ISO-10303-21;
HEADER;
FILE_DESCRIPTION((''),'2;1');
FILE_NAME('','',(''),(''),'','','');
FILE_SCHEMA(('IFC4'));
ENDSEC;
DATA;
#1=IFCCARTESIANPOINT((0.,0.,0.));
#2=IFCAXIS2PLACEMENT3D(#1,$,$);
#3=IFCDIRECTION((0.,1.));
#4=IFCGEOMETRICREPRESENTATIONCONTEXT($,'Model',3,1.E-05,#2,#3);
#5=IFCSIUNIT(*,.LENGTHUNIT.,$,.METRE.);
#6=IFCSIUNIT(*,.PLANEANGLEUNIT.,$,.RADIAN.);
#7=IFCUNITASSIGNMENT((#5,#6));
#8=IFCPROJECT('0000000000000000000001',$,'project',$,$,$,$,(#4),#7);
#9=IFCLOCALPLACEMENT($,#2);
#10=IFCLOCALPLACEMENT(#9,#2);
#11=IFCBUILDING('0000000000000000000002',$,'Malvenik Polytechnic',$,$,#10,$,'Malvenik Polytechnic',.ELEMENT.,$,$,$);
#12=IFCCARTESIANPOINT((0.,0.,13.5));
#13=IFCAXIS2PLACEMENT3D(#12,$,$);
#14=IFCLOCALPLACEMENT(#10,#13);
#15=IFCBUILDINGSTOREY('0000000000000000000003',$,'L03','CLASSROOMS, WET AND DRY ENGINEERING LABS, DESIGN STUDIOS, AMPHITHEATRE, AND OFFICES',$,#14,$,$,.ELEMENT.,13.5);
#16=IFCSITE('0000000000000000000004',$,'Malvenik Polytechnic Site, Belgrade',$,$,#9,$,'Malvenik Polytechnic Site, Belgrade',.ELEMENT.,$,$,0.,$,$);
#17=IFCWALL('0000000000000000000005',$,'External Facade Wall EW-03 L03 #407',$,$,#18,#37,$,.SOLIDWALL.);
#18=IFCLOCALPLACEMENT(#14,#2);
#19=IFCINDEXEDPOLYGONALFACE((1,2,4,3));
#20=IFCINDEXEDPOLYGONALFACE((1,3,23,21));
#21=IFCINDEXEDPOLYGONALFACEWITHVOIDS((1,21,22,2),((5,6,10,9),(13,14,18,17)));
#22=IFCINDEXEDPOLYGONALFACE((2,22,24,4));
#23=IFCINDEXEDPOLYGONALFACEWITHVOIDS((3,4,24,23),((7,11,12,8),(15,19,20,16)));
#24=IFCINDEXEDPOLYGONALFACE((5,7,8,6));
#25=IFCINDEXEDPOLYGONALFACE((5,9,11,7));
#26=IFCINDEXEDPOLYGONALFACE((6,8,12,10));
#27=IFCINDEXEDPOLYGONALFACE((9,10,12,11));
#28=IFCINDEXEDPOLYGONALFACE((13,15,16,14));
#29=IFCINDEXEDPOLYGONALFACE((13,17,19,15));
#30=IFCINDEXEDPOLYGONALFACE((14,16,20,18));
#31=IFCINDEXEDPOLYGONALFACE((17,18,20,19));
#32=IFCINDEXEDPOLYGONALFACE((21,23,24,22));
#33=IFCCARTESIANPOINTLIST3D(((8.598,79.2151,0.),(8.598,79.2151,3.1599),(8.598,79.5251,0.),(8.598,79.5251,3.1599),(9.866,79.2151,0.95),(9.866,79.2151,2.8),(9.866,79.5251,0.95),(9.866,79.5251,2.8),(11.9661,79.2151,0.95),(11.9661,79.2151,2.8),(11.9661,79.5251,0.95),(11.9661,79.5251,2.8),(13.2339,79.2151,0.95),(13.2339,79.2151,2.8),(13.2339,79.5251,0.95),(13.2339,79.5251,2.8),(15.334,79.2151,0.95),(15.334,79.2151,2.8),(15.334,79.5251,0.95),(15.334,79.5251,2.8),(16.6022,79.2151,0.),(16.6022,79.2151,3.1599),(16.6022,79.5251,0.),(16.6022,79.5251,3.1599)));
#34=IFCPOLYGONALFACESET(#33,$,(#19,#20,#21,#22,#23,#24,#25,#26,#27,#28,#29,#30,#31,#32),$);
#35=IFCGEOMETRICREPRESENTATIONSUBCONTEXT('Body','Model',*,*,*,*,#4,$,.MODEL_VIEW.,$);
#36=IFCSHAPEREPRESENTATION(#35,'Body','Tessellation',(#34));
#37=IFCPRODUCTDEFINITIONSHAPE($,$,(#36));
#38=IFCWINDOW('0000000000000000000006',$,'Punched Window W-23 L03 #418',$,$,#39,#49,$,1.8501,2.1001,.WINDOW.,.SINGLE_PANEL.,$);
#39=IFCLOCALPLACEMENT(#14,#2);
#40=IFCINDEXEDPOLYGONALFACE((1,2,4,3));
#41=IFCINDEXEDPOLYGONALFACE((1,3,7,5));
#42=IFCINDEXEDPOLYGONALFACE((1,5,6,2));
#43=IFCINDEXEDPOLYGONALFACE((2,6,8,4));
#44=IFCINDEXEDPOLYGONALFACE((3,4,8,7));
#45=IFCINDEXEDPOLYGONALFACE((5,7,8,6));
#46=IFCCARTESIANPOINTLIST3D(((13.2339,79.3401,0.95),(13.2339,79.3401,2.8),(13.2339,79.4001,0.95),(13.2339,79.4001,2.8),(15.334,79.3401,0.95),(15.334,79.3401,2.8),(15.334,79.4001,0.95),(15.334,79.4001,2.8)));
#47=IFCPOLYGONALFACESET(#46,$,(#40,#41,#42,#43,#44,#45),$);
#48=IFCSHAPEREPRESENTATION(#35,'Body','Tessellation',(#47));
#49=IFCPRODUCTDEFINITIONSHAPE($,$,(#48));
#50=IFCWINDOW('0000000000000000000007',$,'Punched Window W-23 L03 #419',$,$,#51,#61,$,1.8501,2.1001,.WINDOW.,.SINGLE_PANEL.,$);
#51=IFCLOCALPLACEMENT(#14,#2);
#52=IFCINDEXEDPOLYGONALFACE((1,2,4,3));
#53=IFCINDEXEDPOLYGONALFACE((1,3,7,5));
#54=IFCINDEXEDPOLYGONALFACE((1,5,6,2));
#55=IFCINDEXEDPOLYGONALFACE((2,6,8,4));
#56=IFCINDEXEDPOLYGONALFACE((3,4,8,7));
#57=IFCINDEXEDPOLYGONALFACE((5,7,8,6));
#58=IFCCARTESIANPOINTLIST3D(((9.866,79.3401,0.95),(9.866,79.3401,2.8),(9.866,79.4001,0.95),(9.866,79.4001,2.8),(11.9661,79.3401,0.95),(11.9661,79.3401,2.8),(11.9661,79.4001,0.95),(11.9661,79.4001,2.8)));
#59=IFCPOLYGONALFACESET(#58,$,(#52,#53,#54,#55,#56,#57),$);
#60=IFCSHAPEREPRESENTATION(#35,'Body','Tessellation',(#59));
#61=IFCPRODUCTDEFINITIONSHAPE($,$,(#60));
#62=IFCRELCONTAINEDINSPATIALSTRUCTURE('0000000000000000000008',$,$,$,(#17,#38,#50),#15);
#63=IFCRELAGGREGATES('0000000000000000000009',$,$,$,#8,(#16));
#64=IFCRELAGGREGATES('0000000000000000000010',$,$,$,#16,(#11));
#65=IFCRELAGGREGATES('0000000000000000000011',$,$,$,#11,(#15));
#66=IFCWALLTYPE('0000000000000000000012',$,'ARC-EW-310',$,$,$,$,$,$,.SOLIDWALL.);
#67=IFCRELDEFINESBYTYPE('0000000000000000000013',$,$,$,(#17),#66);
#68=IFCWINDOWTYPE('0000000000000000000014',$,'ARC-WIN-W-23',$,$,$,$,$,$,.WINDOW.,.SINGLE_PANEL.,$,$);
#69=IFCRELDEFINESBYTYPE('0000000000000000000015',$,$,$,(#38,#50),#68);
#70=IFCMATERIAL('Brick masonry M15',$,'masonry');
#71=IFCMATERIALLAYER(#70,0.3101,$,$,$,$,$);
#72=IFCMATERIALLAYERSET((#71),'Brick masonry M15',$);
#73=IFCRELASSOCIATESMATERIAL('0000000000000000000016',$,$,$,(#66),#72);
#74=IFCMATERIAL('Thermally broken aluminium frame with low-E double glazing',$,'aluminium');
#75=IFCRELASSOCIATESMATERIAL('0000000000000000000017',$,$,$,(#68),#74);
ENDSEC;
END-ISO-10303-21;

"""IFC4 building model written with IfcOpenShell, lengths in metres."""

from ifc_helpers import new_model, si_unit, direction, frame, frame_2d, origin, place, context, subcontext, project, spatial, rectangle, extrude, material, layer, layer_set, type_object, element, fill, save


model = new_model("IFC4")

# Units and contexts
model_context = context("Model", 3, precision=1e-05, world=origin(), true_north=direction((0.0, 1.0)))
body_context = subcontext(model_context, "Body", "Model", "MODEL_VIEW")
ifc_project = project(units=[si_unit("LENGTHUNIT", "METRE"), si_unit("PLANEANGLEUNIT", "RADIAN")], contexts=[model_context])

# Site, building, storey
site_placement = place(None, origin())
site = spatial("IfcSite", under=ifc_project, at=site_placement, Name="Malvenik Polytechnic Site, Belgrade", LongName="Malvenik Polytechnic Site, Belgrade", CompositionType="ELEMENT", RefElevation=0.0)
building_placement = place(site_placement, origin())
building = spatial("IfcBuilding", under=site, at=building_placement, Name="Malvenik Polytechnic", LongName="Malvenik Polytechnic", CompositionType="ELEMENT")
storey_placement = place(building_placement, frame((0.0, 0.0, 13.5)))
storey = spatial("IfcBuildingStorey", under=building, at=storey_placement, Name="L03", Description="CLASSROOMS, WET AND DRY ENGINEERING LABS, DESIGN STUDIOS, AMPHITHEATRE, AND OFFICES", CompositionType="ELEMENT", Elevation=13.5)

# Wall, openings, windows
ifc_material_1 = material(Name="Brick masonry M15", Category="masonry")
ifc_layer_1 = layer(ifc_material_1, 0.3101)
ifc_layer_set_1 = layer_set([ifc_layer_1], Name="Brick masonry M15")
wall_type = type_object("IfcWallType", Name="ARC-EW-310", PredefinedType="SOLIDWALL", material=ifc_layer_set_1)
wall_placement = place(storey_placement, frame((16.6021, 79.3701, 0.0), z_axis=(0.0, 0.0, 1.0), x_axis=(-1.0, 0.0, 0.0)))
wall = element("IfcWall", 1, at=wall_placement, inside=storey, type_object=wall_type, Name="External Facade Wall EW-03 L03 #407", PredefinedType="SOLIDWALL", context=body_context, shape_type="SweptSolid", body=[
    extrude(rectangle(XDim=8.0042, YDim=0.3101, at=frame_2d((4.002, 0.0))), origin(), (0.0, 0.0, 1.0), 3.1599),
])
opening_1_placement = place(wall_placement, frame((1.2681, 0.0, 0.95)))
opening_1 = element("IfcOpeningElement", 2, at=opening_1_placement, cuts=wall, PredefinedType="OPENING", context=body_context, shape_type="SweptSolid", body=[
    extrude(rectangle(XDim=2.1001, YDim=1.8501, at=frame_2d((1.05, 0.925))), frame((0.0, 0.165, 0.0), z_axis=(0.0, -1.0, 0.0), x_axis=(1.0, 0.0, 0.0)), (0.0, 0.0, 1.0), 0.3301),
])
opening_2_placement = place(wall_placement, frame((4.636, 0.0, 0.95)))
opening_2 = element("IfcOpeningElement", 3, at=opening_2_placement, cuts=wall, PredefinedType="OPENING", context=body_context, shape_type="SweptSolid", body=[
    extrude(rectangle(XDim=2.1001, YDim=1.8501, at=frame_2d((1.05, 0.925))), frame((0.0, 0.165, 0.0), z_axis=(0.0, -1.0, 0.0), x_axis=(1.0, 0.0, 0.0)), (0.0, 0.0, 1.0), 0.3301),
])
ifc_material_2 = material(Name="Thermally broken aluminium frame with low-E double glazing", Category="aluminium")
window_type = type_object("IfcWindowType", Name="ARC-WIN-W-23", PartitioningType="SINGLE_PANEL", PredefinedType="WINDOW", material=ifc_material_2)
window_1_placement = place(opening_1_placement, origin())
window_1 = element("IfcWindow", 4, at=window_1_placement, inside=storey, type_object=window_type, Name="Punched Window W-23 L03 #418", OverallHeight=1.8501, OverallWidth=2.1001, PartitioningType="SINGLE_PANEL", PredefinedType="WINDOW", context=body_context, shape_type="SweptSolid", body=[
    extrude(rectangle(XDim=2.1001, YDim=1.8501, at=frame_2d((1.05, 0.925))), frame((0.0, 0.03, 0.0), z_axis=(0.0, -1.0, 0.0), x_axis=(1.0, 0.0, 0.0)), (0.0, 0.0, 1.0), 0.0601),
])
fill(opening_1, window_1)
window_2_placement = place(opening_2_placement, origin())
window_2 = element("IfcWindow", 5, at=window_2_placement, inside=storey, type_object=window_type, Name="Punched Window W-23 L03 #419", OverallHeight=1.8501, OverallWidth=2.1001, PartitioningType="SINGLE_PANEL", PredefinedType="WINDOW", context=body_context, shape_type="SweptSolid", body=[
    extrude(rectangle(XDim=2.1001, YDim=1.8501, at=frame_2d((1.05, 0.925))), frame((0.0, 0.03, 0.0), z_axis=(0.0, -1.0, 0.0), x_axis=(1.0, 0.0, 0.0)), (0.0, 0.0, 1.0), 0.0601),
])
fill(opening_2, window_2)

save(model, "model.ifc")
